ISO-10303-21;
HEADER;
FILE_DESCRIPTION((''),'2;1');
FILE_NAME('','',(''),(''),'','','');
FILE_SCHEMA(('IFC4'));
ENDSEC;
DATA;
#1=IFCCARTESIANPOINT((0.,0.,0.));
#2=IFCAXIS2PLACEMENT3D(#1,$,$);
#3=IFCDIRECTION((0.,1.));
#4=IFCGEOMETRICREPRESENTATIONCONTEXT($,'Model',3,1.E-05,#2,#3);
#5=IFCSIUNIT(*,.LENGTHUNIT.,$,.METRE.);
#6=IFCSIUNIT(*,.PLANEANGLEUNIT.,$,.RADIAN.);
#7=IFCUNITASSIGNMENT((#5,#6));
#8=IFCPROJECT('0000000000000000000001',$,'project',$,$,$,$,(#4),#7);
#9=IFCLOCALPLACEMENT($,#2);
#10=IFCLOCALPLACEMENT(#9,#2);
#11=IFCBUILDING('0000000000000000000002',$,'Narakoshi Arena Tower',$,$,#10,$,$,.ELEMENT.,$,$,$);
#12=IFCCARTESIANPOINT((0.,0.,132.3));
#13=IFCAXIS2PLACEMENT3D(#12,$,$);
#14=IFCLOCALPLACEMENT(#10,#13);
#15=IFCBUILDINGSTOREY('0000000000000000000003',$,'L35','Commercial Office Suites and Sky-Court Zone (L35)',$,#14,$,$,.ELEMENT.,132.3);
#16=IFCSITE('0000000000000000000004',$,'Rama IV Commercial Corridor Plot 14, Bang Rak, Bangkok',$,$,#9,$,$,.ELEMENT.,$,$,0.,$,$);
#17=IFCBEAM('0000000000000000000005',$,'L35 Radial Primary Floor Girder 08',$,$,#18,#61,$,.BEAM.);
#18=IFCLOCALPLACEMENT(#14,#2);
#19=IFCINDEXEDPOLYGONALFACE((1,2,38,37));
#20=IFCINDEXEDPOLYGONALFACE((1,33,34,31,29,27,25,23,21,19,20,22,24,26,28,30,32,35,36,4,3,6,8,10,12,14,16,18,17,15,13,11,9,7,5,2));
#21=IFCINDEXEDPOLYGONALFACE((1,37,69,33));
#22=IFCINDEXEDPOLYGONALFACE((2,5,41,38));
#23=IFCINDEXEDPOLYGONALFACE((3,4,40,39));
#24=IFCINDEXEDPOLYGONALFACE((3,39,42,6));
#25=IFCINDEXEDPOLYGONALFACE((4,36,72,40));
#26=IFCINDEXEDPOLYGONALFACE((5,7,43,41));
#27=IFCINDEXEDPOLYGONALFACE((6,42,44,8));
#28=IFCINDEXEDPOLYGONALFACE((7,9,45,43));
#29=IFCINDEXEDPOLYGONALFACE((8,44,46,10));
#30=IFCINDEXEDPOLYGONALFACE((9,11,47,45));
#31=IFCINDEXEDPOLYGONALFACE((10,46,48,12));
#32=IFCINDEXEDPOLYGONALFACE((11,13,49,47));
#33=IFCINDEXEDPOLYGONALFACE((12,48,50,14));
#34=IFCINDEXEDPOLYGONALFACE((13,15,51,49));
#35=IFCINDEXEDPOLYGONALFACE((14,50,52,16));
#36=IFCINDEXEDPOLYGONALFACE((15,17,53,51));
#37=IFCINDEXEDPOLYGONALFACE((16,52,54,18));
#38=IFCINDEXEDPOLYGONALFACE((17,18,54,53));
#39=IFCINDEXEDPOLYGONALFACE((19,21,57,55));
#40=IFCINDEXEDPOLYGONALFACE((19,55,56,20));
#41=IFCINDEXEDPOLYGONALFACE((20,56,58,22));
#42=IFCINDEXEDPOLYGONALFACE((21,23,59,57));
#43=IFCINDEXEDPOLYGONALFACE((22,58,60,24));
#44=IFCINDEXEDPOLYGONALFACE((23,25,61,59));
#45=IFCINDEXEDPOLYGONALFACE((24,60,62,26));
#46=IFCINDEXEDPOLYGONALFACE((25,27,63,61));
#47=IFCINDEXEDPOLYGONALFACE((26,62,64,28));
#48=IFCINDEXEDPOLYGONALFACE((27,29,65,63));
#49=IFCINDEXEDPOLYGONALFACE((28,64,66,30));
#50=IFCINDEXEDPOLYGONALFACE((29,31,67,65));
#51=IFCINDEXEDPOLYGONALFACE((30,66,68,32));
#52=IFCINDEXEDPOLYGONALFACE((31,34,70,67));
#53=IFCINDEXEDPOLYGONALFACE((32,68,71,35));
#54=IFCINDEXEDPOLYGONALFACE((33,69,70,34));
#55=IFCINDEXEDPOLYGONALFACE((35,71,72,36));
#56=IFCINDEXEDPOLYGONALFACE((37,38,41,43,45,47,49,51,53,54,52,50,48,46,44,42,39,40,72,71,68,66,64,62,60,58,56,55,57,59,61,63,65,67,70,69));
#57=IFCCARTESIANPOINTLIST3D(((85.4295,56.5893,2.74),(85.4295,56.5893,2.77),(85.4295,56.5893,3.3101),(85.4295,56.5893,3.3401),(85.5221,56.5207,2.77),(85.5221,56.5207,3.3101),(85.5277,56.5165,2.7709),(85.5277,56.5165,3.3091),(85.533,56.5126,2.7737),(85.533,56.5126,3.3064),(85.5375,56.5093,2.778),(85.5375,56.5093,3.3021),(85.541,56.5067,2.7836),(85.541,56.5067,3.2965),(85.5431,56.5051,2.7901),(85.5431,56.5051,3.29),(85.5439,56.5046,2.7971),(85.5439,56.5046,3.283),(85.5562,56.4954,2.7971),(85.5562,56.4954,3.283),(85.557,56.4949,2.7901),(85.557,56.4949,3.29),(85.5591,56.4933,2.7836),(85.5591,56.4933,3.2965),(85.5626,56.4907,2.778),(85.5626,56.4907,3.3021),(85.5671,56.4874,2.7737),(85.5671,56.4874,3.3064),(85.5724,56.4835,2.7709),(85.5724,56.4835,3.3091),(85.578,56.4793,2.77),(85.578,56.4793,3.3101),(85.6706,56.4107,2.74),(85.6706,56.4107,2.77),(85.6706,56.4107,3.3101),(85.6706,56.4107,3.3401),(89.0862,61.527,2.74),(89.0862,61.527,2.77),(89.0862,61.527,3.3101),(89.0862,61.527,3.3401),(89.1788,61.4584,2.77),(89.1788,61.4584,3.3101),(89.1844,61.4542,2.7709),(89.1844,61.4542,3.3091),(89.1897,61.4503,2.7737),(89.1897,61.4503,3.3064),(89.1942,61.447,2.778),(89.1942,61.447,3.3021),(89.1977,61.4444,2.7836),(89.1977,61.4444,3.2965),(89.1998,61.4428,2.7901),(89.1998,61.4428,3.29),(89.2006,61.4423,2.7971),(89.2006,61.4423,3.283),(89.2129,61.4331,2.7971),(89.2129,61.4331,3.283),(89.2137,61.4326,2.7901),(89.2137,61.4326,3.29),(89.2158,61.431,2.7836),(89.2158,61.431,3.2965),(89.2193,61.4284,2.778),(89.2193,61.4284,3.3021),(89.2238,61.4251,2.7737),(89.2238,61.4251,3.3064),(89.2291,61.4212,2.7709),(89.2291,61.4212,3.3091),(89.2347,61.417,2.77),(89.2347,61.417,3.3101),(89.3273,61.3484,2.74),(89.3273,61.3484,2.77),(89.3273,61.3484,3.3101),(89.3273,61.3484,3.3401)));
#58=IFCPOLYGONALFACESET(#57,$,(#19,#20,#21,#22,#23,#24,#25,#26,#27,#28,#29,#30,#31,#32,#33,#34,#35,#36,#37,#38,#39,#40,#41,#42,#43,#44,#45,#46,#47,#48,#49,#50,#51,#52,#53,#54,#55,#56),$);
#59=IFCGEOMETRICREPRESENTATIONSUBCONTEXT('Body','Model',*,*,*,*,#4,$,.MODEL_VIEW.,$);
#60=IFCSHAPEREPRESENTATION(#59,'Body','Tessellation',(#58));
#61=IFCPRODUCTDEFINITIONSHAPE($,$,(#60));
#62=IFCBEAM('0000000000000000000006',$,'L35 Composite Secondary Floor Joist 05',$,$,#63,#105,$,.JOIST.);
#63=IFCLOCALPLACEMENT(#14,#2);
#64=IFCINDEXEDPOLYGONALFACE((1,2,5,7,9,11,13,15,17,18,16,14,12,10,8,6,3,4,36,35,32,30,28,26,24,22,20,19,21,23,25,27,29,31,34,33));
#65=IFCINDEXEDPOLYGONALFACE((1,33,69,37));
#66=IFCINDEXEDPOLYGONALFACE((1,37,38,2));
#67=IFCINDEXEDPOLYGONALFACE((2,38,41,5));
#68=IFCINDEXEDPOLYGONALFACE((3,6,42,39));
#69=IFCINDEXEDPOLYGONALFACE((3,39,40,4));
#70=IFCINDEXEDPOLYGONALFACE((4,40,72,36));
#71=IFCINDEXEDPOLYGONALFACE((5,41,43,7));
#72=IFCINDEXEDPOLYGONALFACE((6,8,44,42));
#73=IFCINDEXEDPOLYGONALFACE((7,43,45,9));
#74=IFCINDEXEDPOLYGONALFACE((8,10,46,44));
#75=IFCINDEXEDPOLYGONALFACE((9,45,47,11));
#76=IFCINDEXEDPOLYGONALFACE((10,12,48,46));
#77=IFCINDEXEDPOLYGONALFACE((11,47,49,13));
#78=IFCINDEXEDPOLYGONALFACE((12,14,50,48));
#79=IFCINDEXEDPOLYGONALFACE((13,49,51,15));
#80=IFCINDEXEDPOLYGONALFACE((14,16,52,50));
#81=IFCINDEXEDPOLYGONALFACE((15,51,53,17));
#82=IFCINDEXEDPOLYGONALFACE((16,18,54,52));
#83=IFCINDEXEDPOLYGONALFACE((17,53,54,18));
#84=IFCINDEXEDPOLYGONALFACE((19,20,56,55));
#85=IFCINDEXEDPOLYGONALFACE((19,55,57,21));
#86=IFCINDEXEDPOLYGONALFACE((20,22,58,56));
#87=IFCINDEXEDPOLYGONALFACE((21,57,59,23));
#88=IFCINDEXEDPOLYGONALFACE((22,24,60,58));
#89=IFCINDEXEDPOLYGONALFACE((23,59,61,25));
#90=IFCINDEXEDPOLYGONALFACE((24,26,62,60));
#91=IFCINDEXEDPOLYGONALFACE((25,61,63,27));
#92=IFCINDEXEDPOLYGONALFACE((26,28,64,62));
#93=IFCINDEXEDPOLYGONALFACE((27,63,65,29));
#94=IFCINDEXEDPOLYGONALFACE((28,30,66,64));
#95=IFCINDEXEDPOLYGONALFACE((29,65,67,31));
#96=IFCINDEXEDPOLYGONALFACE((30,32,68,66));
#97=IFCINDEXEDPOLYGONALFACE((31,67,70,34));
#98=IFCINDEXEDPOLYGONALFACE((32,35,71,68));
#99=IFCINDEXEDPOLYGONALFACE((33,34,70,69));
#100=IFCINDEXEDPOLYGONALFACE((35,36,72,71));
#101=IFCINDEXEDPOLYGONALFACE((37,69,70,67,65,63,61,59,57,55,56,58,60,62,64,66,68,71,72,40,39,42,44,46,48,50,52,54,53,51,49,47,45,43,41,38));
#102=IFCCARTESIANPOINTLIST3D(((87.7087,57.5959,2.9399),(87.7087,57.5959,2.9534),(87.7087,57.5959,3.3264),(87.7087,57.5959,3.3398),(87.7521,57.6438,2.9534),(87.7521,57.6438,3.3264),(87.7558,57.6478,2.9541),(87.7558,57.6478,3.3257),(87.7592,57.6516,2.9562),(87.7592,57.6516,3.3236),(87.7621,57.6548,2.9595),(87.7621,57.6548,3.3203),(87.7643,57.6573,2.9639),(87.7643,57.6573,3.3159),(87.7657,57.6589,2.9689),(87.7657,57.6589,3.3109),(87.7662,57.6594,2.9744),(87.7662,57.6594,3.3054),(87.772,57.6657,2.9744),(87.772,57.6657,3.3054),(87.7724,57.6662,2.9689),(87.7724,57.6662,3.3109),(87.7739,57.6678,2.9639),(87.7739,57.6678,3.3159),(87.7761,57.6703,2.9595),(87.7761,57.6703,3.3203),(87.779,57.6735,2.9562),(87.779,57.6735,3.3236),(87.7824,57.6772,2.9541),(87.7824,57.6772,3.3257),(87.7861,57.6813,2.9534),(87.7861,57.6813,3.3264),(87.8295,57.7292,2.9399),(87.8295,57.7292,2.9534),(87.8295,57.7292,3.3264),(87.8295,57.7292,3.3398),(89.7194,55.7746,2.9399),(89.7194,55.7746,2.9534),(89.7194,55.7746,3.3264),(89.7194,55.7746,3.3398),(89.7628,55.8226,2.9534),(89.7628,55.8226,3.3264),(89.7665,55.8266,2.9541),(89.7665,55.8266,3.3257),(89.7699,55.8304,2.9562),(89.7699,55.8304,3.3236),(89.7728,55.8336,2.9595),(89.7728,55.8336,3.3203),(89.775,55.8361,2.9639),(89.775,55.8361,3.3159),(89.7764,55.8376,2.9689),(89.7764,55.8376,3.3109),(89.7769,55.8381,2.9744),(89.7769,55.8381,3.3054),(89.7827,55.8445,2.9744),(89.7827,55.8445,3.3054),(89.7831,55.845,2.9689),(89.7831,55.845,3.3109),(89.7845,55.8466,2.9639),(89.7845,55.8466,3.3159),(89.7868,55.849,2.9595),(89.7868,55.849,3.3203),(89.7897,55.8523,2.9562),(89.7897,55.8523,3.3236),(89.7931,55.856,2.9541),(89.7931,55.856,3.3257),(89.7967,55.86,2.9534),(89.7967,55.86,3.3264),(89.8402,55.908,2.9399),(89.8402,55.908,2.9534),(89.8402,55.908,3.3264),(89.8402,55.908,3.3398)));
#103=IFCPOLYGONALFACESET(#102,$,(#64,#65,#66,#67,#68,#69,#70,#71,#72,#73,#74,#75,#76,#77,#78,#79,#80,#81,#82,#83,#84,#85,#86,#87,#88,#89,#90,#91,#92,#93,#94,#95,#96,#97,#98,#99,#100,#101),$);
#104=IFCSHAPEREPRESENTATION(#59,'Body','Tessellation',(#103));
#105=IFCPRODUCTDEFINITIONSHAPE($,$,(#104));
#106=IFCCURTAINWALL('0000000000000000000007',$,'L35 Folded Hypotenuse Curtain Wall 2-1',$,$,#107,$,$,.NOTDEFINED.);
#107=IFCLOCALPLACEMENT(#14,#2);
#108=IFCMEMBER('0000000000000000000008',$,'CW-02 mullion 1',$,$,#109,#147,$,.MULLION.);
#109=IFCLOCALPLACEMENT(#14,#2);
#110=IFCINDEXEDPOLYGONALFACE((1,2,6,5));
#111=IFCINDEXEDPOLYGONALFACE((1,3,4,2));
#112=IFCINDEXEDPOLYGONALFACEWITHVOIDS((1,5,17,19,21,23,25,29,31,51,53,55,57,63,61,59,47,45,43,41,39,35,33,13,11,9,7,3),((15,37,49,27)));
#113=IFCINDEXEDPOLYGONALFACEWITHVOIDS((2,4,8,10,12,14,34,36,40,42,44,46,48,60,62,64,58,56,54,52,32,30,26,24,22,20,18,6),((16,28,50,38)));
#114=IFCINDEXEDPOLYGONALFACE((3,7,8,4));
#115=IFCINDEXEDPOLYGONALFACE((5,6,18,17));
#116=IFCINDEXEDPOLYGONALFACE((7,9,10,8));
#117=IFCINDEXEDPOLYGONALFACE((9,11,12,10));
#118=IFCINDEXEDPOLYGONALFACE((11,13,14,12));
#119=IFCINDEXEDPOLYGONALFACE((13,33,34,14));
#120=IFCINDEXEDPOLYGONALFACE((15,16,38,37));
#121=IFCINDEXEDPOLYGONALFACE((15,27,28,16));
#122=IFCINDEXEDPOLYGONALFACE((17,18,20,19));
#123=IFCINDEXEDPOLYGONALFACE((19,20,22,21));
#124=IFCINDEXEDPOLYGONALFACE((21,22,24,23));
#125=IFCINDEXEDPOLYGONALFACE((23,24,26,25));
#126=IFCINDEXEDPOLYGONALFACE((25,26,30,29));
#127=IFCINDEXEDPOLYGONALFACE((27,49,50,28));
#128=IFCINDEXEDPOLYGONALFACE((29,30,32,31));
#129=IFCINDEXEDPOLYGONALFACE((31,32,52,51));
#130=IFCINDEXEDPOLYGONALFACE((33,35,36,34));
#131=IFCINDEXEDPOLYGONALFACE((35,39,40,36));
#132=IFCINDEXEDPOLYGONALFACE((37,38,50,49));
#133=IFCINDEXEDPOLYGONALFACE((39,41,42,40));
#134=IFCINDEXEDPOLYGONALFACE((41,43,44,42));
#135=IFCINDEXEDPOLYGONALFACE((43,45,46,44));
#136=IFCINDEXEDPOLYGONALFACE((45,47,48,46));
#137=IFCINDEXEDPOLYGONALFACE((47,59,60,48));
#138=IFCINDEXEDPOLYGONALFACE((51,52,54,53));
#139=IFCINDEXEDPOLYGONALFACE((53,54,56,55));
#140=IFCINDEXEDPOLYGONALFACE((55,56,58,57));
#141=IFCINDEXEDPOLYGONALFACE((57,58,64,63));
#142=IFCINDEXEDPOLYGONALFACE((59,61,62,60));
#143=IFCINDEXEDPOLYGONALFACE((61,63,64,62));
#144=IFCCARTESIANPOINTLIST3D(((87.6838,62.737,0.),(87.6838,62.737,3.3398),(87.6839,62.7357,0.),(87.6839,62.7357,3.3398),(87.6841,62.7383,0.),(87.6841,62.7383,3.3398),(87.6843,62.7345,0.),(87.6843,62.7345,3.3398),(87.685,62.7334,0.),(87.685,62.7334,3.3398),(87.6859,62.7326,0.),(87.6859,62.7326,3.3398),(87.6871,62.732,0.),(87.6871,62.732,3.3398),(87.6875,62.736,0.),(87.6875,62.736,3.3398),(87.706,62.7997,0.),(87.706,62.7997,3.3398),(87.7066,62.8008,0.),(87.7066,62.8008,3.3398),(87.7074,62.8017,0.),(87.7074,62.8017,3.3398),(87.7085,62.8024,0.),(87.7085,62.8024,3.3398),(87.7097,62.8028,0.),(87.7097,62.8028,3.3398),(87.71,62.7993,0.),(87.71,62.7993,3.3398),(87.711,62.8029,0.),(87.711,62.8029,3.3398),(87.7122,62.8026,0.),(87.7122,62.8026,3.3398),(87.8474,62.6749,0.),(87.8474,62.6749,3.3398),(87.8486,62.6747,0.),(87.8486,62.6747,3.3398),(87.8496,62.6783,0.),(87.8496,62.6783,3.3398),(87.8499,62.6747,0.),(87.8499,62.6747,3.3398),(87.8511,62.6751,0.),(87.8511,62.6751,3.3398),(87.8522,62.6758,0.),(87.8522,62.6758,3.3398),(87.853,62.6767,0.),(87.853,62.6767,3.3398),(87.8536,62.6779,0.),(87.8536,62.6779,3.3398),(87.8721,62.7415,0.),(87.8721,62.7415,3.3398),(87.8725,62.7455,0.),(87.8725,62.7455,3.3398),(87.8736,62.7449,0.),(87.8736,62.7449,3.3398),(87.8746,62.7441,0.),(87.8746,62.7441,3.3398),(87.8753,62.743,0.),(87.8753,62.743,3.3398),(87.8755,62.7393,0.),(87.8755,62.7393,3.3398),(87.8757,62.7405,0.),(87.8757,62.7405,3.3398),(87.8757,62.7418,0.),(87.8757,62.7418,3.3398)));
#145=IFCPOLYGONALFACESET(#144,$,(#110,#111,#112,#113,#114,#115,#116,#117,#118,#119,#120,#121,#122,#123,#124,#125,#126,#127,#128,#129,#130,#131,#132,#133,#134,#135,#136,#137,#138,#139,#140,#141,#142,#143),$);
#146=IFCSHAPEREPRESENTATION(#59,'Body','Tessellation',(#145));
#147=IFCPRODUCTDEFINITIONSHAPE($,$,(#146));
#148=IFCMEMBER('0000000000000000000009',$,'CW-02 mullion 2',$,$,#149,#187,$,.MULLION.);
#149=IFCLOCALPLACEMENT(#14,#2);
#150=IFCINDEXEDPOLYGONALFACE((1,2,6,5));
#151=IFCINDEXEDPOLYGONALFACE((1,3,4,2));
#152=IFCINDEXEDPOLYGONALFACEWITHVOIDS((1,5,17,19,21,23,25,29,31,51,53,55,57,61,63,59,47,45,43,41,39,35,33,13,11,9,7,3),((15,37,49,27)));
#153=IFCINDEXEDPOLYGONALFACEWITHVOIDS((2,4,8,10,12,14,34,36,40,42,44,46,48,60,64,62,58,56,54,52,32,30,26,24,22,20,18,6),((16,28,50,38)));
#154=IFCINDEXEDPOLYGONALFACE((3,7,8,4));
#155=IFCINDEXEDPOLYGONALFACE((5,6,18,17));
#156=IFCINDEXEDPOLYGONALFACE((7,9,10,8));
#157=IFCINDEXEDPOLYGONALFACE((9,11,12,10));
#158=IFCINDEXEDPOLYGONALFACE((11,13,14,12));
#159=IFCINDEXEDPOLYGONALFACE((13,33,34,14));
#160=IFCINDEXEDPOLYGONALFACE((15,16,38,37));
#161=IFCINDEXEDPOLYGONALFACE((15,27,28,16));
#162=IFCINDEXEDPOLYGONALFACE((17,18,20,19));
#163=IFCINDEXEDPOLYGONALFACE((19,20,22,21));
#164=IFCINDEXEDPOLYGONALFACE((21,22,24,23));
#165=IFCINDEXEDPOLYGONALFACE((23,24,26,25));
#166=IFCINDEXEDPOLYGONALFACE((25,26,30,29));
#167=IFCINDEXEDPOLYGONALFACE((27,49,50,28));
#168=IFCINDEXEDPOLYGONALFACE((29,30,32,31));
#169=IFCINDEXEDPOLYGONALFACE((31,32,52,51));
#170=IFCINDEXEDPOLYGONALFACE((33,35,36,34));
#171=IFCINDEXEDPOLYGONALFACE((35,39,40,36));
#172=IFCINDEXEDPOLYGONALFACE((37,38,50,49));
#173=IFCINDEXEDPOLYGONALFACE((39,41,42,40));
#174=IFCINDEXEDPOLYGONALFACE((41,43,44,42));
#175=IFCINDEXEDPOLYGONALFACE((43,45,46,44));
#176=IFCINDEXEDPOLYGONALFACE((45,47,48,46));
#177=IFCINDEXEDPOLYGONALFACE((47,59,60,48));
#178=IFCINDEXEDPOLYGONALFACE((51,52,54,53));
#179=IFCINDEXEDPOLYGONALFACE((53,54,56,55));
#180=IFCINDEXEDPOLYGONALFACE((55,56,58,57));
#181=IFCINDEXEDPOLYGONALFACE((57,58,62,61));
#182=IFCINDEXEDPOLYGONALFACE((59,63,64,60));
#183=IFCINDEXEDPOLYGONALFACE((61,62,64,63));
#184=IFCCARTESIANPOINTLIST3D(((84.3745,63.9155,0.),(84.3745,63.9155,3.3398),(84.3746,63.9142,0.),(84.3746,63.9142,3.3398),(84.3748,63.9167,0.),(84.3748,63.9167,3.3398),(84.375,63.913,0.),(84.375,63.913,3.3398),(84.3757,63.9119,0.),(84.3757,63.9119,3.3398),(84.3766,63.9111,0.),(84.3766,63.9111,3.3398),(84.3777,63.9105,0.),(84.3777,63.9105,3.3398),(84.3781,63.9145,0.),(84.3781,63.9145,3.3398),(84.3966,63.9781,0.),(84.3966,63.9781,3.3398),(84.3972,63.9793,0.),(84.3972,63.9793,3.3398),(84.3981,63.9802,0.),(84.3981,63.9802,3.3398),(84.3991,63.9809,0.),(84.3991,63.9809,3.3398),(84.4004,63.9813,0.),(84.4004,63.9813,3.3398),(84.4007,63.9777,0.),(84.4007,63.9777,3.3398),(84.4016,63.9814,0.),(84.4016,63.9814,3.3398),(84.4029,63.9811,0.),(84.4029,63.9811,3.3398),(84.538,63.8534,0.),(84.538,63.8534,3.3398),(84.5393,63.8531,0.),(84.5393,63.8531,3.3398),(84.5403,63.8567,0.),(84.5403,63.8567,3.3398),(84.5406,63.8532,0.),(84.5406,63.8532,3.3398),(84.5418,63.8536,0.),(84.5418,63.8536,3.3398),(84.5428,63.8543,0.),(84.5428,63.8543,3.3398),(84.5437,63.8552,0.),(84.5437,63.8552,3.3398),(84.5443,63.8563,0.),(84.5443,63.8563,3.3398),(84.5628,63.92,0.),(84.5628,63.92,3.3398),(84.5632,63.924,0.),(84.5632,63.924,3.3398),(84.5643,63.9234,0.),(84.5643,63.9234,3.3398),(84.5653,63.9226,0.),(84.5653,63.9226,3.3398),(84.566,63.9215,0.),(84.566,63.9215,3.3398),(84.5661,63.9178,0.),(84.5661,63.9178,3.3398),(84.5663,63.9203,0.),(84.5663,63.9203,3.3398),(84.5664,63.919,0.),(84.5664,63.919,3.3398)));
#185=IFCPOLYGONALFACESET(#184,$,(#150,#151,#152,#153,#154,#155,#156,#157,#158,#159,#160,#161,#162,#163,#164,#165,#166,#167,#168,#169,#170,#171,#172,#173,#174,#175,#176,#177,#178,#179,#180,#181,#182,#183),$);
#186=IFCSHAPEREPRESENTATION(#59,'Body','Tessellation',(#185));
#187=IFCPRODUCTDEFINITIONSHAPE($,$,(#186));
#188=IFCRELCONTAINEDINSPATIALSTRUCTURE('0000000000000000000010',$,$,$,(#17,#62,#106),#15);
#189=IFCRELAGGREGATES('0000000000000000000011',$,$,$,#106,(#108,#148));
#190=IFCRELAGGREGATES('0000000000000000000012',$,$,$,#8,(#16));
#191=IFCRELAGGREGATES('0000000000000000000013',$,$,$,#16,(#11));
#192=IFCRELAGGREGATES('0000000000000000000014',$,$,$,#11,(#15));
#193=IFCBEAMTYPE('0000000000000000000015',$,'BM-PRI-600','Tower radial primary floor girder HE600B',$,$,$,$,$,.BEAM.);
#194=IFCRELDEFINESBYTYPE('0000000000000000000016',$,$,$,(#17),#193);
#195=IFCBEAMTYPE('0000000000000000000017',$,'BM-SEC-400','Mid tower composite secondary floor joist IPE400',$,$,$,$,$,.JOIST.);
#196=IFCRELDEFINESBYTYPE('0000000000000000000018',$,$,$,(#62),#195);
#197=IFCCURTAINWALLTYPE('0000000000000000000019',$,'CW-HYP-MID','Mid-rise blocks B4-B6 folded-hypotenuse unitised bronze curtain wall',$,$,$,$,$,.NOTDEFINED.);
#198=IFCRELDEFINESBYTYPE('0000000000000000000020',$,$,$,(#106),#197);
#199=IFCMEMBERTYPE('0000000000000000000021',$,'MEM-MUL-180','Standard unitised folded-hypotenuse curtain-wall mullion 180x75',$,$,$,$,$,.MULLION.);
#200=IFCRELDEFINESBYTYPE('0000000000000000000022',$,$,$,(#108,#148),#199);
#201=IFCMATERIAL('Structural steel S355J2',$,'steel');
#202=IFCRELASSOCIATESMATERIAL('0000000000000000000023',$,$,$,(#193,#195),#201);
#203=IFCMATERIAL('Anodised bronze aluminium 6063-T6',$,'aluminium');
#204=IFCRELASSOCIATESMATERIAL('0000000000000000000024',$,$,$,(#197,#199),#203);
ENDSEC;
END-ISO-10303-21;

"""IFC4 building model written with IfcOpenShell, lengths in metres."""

from ifc_helpers import new_model, si_unit, direction, frame, origin, origin_2d, place, context, subcontext, project, spatial, hollow_rectangle, i_section, extrude, material, material_profile, profile_set, type_object, element, aggregate, save


model = new_model("IFC4")

# Units and contexts
model_context = context("Model", 3, precision=1e-05, world=origin(), true_north=direction((0.0, 1.0)))
body_context = subcontext(model_context, "Body", "Model", "MODEL_VIEW")
ifc_project = project(units=[si_unit("LENGTHUNIT", "METRE"), si_unit("PLANEANGLEUNIT", "RADIAN")], contexts=[model_context])

# Site, building, storey
site_placement = place(None, origin())
site = spatial("IfcSite", under=ifc_project, at=site_placement, Name="Rama IV Commercial Corridor Plot 14, Bang Rak, Bangkok", CompositionType="ELEMENT", RefElevation=0.0)
building_placement = place(site_placement, origin())
building = spatial("IfcBuilding", under=site, at=building_placement, Name="Narakoshi Arena Tower", CompositionType="ELEMENT")
storey_placement = place(building_placement, frame((0.0, 0.0, 132.3)))
storey = spatial("IfcBuildingStorey", under=building, at=storey_placement, Name="L35", Description="Commercial Office Suites and Sky-Court Zone (L35)", CompositionType="ELEMENT", Elevation=132.3)

# Beams
ifc_material_1 = material(Name="Structural steel S355J2", Category="steel")
ifc_material_profile_1 = material_profile(ifc_material_1, i_section(OverallWidth=0.3, OverallDepth=0.6001, WebThickness=0.0154, FlangeThickness=0.03, FilletRadius=0.0271, at=origin_2d()), Name="HE600B")
ifc_profile_set_1 = profile_set([ifc_material_profile_1], Name="Structural steel S355J2")
beam_type_1 = type_object("IfcBeamType", Name="BM-PRI-600", Description="Tower radial primary floor girder HE600B", PredefinedType="BEAM", material=ifc_profile_set_1)
beam_1_placement = place(storey_placement, frame((85.55, 56.5, 3.04), z_axis=(0.595138, 0.803623, 0.0), x_axis=(-0.803623, 0.595138, 0.0)))
element("IfcBeam", 1, at=beam_1_placement, inside=storey, type_object=beam_type_1, Name="L35 Radial Primary Floor Girder 08", PredefinedType="BEAM", context=body_context, shape_type="SweptSolid", body=[
    extrude(i_section(OverallWidth=0.3, OverallDepth=0.6001, WebThickness=0.0154, FlangeThickness=0.03, FilletRadius=0.0271, at=origin_2d()), origin(), (0.0, 0.0, 1.0), 6.1443),
])
ifc_material_profile_2 = material_profile(ifc_material_1, i_section(OverallWidth=0.1799, OverallDepth=0.3999, WebThickness=0.0085, FlangeThickness=0.0134, FilletRadius=0.021, at=origin_2d()), Name="IPE400")
ifc_profile_set_2 = profile_set([ifc_material_profile_2], Name="Structural steel S355J2")
beam_type_2 = type_object("IfcBeamType", Name="BM-SEC-400", Description="Mid tower composite secondary floor joist IPE400", PredefinedType="JOIST", material=ifc_profile_set_2)
beam_2_placement = place(storey_placement, frame((89.7798, 55.8413, 3.1399), z_axis=(-0.74116, 0.671328, 0.0), x_axis=(-0.671328, -0.74116, 0.0)))
element("IfcBeam", 2, at=beam_2_placement, inside=storey, type_object=beam_type_2, Name="L35 Composite Secondary Floor Joist 05", PredefinedType="JOIST", context=body_context, shape_type="SweptSolid", body=[
    extrude(i_section(OverallWidth=0.1799, OverallDepth=0.3999, WebThickness=0.0085, FlangeThickness=0.0134, FilletRadius=0.021, at=origin_2d()), origin(), (0.0, 0.0, 1.0), 2.7129),
])

# Curtain wall, members
ifc_material_2 = material(Name="Anodised bronze aluminium 6063-T6", Category="aluminium")
curtain_wall_type = type_object("IfcCurtainWallType", Name="CW-HYP-MID", Description="Mid-rise blocks B4-B6 folded-hypotenuse unitised bronze curtain wall", PredefinedType="NOTDEFINED", material=ifc_material_2)
curtain_wall_placement = place(storey_placement, origin())
curtain_wall = element("IfcCurtainWall", 3, at=curtain_wall_placement, inside=storey, type_object=curtain_wall_type, Name="L35 Folded Hypotenuse Curtain Wall 2-1", PredefinedType="NOTDEFINED")
ifc_material_profile_3 = material_profile(ifc_material_2, hollow_rectangle(XDim=0.075, YDim=0.1799, WallThickness=0.0039, OuterFilletRadius=0.0049, at=origin_2d()), Name="MUL180x75x4")
ifc_profile_set_3 = profile_set([ifc_material_profile_3], Name="Anodised bronze aluminium 6063-T6")
member_type_1 = type_object("IfcMemberType", Name="MEM-MUL-180", Description="Standard unitised folded-hypotenuse curtain-wall mullion 180x75", PredefinedType="MULLION", material=ifc_profile_set_3)
member_1_placement = place(storey_placement, frame((87.7798, 62.7388, 0.0), z_axis=(0.0, 0.0, 1.0), x_axis=(-0.335518, -0.942034, 0.0)))
member_1 = element("IfcMember", 4, at=member_1_placement, type_object=member_type_1, Name="CW-02 mullion 1", PredefinedType="MULLION", context=body_context, shape_type="SweptSolid", body=[
    extrude(hollow_rectangle(XDim=0.075, YDim=0.1799, WallThickness=0.0039, OuterFilletRadius=0.0049, at=origin_2d()), origin(), (0.0, 0.0, 1.0), 3.3398),
])
member_2_placement = place(storey_placement, frame((84.4705, 63.9172, 0.0), z_axis=(0.0, 0.0, 1.0), x_axis=(-0.335518, -0.942034, 0.0)))
member_2 = element("IfcMember", 5, at=member_2_placement, type_object=member_type_1, Name="CW-02 mullion 2", PredefinedType="MULLION", context=body_context, shape_type="SweptSolid", body=[
    extrude(hollow_rectangle(XDim=0.075, YDim=0.1799, WallThickness=0.0039, OuterFilletRadius=0.0049, at=origin_2d()), origin(), (0.0, 0.0, 1.0), 3.3398),
])
aggregate(curtain_wall, [member_1, member_2])

save(model, "model.ifc")
